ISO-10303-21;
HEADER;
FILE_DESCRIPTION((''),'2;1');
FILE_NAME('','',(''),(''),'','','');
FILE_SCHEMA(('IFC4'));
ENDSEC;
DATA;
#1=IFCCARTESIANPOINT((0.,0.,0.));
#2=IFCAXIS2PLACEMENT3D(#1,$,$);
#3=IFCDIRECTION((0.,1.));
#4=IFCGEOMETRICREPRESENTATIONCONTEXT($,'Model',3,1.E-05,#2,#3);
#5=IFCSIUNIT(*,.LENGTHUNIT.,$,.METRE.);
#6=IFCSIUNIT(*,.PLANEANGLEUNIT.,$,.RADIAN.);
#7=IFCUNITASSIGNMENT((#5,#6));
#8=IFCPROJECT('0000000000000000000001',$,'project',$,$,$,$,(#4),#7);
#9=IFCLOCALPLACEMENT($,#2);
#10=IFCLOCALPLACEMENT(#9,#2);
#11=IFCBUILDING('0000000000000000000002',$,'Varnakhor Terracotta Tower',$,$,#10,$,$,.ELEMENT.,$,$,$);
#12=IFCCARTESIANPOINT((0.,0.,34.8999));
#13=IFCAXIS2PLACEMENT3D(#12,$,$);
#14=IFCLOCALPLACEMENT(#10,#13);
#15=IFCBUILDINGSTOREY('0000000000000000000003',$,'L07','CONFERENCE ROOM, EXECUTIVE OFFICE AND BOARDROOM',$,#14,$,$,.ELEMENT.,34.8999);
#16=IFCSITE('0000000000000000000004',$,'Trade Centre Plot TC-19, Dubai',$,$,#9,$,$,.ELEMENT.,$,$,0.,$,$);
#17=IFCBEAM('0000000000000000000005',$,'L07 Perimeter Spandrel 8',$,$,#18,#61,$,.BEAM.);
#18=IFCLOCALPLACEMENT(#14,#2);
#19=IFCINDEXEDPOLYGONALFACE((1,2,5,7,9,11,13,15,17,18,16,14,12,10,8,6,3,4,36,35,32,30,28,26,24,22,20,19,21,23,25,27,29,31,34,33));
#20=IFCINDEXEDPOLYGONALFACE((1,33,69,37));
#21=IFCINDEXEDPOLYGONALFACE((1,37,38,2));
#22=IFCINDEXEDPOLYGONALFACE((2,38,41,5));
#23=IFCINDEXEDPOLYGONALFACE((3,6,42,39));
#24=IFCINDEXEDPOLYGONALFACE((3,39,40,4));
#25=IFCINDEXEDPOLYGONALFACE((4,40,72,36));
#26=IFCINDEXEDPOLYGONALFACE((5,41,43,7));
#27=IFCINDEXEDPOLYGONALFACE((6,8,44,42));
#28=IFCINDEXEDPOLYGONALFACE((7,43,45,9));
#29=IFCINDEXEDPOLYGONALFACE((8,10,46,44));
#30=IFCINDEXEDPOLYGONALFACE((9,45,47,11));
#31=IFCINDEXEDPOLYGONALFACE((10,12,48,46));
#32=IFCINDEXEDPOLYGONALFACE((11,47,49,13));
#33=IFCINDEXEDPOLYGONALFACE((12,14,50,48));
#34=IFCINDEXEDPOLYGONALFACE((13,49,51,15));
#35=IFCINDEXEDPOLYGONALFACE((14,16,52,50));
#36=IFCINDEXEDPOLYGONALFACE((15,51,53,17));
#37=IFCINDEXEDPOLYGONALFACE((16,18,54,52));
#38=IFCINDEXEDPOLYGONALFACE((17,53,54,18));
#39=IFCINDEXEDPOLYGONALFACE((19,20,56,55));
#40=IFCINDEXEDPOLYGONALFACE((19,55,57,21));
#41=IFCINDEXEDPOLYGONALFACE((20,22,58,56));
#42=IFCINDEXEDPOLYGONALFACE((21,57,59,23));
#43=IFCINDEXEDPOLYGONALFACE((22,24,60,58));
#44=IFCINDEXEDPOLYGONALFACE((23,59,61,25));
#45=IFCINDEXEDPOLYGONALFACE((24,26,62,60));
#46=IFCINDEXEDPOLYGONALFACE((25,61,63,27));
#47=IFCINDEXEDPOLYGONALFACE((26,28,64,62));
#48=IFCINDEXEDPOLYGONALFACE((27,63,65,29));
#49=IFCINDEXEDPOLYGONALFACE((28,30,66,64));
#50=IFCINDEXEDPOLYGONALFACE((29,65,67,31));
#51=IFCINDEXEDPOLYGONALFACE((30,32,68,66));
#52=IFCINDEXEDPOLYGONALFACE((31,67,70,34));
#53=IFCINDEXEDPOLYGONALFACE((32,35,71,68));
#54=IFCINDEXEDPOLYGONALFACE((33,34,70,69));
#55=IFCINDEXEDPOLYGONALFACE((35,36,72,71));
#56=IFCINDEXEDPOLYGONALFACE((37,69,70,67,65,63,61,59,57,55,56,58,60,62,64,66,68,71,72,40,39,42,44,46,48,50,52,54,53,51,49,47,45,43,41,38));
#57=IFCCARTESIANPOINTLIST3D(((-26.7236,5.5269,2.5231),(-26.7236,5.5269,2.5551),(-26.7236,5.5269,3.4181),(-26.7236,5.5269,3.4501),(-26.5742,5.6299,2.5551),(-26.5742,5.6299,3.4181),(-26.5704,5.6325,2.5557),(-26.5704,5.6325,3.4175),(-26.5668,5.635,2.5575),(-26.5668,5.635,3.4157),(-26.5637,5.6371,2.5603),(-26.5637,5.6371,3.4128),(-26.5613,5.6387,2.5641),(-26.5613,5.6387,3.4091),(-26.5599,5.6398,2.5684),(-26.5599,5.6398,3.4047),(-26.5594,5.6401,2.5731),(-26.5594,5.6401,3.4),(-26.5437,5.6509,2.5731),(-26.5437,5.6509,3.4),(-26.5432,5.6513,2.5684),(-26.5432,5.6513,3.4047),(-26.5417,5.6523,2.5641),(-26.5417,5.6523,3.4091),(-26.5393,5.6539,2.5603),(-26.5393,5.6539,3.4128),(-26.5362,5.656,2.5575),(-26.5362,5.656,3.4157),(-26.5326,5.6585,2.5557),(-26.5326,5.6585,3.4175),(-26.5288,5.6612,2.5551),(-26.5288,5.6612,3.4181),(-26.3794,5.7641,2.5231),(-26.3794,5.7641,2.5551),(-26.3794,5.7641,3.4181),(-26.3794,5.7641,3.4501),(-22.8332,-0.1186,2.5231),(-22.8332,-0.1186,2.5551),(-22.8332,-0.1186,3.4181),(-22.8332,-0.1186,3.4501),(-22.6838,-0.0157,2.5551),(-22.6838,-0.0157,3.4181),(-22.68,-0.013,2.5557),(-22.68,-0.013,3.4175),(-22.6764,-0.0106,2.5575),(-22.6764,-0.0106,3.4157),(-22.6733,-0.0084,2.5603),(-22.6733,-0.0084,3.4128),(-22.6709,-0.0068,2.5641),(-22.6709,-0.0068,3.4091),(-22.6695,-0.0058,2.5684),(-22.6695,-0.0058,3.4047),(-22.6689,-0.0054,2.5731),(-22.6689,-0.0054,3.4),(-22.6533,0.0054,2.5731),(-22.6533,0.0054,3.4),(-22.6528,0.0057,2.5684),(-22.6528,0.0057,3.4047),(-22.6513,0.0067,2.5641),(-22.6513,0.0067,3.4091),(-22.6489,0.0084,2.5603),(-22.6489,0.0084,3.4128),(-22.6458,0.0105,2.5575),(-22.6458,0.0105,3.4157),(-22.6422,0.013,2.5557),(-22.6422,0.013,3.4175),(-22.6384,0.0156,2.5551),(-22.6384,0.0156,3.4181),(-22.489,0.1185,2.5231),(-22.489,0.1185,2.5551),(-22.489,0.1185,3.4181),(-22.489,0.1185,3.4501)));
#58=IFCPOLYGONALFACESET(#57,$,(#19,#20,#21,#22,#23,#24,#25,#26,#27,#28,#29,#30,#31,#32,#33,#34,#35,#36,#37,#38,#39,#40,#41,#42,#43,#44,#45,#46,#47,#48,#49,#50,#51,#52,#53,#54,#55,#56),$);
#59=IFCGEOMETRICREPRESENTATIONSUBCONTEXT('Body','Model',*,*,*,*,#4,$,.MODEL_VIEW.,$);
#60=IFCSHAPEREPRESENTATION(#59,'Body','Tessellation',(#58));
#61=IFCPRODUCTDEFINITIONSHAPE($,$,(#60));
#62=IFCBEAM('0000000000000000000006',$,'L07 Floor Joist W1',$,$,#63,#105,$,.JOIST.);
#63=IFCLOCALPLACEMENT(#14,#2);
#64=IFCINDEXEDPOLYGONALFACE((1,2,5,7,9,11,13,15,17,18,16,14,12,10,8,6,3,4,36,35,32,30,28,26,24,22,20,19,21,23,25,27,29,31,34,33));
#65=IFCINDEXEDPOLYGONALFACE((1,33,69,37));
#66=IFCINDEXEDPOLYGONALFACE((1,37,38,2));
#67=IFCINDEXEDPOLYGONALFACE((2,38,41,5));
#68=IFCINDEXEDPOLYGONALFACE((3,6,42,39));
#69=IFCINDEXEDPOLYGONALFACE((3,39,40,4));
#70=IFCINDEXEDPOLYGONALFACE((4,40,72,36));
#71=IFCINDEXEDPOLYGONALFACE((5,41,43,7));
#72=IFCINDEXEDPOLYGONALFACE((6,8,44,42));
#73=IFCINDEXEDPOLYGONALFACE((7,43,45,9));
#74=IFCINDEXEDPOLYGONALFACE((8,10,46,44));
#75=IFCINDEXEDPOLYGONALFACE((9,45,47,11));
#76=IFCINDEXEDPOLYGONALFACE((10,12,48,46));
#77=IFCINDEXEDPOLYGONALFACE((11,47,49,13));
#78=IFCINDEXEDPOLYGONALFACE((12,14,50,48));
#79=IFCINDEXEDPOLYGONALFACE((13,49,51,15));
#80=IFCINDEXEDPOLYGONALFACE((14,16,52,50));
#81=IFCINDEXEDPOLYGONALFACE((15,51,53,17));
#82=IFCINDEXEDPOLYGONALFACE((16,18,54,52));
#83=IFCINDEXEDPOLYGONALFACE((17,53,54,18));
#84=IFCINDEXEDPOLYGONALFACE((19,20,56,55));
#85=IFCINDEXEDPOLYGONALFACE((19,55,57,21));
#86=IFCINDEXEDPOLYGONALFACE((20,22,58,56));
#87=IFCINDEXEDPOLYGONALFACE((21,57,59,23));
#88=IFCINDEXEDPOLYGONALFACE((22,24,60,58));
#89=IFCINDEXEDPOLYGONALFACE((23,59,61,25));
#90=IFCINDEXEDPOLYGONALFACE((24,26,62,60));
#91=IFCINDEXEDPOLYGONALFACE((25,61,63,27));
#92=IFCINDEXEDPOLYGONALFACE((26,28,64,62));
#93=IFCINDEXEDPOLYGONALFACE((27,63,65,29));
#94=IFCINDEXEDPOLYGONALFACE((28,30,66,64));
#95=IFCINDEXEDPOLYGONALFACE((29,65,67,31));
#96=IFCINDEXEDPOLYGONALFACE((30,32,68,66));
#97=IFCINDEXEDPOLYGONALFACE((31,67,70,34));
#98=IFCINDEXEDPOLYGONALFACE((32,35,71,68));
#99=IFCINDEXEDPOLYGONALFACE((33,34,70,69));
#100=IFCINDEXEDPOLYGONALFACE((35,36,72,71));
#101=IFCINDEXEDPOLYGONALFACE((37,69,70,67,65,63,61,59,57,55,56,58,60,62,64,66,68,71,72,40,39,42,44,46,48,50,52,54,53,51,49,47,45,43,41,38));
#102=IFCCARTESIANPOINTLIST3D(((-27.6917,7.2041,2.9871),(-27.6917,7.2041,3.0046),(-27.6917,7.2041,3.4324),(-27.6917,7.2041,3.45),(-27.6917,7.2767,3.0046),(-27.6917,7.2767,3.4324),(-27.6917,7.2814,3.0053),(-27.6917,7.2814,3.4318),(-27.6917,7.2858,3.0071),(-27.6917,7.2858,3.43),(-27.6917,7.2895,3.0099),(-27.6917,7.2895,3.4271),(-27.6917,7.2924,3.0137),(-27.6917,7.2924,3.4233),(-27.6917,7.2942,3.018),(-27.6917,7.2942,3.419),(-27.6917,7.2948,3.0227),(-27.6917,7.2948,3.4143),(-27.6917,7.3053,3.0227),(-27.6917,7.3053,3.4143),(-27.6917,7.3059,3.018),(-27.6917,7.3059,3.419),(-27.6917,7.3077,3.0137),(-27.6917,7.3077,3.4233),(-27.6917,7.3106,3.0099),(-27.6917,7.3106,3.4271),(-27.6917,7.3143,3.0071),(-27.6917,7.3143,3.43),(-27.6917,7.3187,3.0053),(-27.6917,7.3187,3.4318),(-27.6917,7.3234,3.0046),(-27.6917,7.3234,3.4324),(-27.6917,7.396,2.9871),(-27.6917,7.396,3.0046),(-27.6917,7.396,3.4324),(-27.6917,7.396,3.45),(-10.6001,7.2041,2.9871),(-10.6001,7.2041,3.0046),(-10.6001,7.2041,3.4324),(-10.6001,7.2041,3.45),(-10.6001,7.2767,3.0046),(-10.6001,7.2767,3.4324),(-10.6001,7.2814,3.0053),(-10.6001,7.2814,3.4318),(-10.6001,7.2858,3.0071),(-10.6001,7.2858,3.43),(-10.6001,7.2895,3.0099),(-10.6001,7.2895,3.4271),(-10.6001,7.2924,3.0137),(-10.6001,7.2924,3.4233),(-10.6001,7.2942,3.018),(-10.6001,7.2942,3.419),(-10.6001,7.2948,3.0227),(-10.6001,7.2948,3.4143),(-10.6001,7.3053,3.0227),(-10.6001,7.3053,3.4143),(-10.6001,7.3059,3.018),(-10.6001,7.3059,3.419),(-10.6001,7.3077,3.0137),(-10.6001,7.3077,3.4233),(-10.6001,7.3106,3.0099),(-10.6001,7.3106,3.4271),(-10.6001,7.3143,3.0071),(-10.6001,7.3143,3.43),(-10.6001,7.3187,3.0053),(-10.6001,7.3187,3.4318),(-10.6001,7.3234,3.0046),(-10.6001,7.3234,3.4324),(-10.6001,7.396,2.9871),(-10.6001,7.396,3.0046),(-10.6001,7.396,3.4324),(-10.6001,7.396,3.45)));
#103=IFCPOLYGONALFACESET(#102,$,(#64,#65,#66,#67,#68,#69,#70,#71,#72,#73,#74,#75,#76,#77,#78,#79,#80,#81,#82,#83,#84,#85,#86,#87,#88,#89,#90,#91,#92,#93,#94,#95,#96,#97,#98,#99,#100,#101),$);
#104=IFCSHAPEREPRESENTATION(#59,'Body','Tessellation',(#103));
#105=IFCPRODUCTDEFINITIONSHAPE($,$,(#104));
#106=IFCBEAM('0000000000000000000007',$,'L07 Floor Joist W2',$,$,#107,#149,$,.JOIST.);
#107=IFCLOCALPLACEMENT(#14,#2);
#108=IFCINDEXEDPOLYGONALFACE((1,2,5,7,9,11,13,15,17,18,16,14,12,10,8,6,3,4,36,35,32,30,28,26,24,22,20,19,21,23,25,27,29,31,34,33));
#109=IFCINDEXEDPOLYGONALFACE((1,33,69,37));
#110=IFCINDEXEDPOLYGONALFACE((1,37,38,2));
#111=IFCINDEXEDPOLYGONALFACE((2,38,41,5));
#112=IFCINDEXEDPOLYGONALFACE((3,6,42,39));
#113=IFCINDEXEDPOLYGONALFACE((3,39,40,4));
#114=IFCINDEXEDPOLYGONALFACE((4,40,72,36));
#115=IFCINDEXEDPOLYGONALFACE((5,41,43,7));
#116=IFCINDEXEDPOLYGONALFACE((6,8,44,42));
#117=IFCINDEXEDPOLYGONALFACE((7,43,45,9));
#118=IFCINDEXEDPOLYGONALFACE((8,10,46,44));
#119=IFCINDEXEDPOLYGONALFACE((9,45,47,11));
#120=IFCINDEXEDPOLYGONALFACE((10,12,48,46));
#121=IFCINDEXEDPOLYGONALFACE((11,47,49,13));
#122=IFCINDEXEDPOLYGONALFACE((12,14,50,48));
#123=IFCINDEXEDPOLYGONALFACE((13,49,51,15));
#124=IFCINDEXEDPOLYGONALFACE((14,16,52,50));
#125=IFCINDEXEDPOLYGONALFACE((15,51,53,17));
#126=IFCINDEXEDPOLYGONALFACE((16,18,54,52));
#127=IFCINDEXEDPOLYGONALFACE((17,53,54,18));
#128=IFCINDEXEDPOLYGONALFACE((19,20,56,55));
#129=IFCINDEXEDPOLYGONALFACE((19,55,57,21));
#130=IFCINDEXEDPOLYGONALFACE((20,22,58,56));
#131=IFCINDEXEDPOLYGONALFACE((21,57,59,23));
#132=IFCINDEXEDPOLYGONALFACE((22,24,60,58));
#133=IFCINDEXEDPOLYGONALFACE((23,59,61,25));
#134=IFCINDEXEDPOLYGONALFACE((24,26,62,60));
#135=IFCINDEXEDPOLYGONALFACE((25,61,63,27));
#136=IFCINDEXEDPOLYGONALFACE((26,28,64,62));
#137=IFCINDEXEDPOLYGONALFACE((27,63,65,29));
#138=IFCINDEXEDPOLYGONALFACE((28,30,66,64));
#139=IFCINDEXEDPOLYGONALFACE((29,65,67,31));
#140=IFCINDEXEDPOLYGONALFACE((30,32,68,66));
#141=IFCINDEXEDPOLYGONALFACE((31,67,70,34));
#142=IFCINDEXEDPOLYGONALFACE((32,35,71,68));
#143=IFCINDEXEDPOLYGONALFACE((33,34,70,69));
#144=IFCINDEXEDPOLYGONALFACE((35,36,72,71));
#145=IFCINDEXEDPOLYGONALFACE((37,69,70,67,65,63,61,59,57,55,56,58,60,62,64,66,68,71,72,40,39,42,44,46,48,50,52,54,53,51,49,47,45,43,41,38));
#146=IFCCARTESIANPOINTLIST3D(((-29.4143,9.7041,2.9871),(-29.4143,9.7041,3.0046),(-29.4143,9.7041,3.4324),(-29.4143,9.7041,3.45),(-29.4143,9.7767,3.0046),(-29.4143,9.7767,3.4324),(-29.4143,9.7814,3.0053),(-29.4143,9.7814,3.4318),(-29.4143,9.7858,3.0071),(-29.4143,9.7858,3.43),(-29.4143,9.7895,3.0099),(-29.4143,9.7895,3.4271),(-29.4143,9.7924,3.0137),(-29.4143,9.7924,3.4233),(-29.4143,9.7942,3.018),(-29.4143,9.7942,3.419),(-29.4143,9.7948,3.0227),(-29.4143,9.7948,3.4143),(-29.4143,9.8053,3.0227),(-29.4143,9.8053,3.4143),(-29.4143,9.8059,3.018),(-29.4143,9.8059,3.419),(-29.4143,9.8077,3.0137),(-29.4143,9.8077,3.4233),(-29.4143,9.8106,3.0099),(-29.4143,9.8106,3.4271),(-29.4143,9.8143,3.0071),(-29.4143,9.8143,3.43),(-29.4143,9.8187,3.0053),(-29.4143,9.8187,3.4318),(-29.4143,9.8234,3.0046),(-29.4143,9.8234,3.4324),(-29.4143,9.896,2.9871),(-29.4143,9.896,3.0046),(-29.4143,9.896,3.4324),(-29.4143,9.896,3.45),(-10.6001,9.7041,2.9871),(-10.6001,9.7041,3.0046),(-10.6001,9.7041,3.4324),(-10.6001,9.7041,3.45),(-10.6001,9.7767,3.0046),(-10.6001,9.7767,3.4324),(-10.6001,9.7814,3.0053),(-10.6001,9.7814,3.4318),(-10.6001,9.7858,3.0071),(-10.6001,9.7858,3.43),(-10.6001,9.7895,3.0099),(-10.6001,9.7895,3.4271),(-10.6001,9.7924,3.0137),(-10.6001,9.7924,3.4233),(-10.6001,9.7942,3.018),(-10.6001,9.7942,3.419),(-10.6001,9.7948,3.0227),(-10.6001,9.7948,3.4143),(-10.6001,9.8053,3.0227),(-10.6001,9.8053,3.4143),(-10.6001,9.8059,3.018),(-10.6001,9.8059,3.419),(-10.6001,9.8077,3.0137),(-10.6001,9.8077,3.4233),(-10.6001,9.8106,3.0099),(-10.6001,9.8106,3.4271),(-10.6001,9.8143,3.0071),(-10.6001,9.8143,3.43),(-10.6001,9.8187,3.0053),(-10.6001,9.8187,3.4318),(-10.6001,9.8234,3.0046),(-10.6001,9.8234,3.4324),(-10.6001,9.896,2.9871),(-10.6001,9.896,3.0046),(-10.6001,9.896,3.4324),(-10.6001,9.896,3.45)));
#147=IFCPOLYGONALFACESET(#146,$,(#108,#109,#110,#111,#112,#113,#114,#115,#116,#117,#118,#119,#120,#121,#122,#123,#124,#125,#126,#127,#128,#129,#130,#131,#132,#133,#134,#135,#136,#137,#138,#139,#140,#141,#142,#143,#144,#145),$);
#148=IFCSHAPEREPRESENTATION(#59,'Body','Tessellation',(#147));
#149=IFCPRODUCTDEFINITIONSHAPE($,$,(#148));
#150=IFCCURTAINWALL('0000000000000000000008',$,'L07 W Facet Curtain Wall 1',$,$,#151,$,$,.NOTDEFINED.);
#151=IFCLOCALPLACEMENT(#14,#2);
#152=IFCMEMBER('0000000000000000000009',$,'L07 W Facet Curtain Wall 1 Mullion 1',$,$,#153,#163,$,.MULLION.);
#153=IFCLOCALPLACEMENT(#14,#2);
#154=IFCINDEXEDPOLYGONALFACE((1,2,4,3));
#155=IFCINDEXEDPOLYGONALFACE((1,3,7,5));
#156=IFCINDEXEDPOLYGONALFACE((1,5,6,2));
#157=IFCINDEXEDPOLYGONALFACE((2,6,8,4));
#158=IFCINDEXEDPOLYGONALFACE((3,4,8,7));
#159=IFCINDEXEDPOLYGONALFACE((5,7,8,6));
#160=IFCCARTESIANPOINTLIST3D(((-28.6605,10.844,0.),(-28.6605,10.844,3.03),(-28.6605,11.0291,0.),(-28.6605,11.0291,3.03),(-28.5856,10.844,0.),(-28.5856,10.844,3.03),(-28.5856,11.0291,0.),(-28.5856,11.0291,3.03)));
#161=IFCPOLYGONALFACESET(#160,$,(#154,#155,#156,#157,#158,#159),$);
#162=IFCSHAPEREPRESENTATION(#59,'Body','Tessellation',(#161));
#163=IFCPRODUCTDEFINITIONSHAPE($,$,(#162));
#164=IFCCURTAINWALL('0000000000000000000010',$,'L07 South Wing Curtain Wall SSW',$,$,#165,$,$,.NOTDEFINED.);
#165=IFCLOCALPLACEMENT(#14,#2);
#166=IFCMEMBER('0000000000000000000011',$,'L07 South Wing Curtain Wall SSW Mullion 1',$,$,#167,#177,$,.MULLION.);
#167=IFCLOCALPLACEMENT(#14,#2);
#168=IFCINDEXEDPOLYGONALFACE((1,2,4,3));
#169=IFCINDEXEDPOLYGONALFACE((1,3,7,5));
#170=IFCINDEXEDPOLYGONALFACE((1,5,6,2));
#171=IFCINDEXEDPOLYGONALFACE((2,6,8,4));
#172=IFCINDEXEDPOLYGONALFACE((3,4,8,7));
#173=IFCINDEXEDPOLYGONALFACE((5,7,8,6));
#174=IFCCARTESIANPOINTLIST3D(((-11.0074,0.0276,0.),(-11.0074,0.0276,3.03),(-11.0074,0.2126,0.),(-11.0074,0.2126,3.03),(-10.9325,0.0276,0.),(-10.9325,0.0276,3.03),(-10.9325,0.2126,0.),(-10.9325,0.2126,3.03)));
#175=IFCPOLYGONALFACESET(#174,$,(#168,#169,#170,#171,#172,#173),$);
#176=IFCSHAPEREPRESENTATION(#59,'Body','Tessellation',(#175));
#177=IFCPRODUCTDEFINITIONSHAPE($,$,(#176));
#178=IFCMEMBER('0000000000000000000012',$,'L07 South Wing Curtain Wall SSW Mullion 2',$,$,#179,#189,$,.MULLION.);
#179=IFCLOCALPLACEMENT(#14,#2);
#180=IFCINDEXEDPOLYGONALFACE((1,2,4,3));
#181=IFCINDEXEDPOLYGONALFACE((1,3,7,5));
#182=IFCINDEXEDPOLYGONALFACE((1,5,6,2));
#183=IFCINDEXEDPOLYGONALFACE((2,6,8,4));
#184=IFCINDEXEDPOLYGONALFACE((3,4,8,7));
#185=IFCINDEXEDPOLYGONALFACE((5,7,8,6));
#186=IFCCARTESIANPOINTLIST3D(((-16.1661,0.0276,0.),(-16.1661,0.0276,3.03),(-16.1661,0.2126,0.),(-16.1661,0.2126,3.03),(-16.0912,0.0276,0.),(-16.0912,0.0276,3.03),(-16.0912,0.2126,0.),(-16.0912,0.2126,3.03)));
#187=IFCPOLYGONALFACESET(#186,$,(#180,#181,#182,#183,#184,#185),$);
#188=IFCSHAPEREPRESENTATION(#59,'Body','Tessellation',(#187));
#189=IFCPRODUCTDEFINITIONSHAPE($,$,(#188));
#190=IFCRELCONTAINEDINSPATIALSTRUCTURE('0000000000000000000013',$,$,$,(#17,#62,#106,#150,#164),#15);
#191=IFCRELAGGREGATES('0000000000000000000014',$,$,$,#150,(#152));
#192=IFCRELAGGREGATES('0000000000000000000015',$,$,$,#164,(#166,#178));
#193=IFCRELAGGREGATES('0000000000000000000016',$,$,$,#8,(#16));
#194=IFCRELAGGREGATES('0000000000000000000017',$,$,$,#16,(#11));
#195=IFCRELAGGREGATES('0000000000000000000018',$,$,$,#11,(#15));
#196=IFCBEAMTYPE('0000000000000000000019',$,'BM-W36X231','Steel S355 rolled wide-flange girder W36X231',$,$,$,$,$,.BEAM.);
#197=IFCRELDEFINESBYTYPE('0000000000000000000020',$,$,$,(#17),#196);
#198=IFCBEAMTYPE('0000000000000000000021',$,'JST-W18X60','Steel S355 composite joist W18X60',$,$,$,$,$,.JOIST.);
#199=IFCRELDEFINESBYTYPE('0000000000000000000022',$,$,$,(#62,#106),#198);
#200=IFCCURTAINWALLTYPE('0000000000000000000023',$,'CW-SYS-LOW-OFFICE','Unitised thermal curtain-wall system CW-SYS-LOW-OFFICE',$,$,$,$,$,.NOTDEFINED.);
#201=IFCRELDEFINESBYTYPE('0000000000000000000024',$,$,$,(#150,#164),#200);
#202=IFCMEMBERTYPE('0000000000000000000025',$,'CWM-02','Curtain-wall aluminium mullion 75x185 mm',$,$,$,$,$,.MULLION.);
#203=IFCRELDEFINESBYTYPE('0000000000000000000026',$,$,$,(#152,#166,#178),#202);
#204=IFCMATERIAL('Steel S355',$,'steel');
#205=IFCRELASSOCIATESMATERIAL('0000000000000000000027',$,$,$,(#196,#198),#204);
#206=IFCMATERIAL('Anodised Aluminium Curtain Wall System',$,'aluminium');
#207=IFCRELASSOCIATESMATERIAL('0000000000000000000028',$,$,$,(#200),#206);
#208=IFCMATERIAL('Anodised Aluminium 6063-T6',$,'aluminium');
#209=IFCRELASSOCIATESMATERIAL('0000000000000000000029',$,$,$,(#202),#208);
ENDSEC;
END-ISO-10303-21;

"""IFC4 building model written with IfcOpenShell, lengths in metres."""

from ifc_helpers import new_model, si_unit, direction, frame, origin, origin_2d, place, context, subcontext, project, spatial, rectangle, i_section, extrude, source, transform, mapped, material, material_profile, profile_set, type_object, type_shapes, element, aggregate, save


model = new_model("IFC4")

# Units and contexts
model_context = context("Model", 3, precision=1e-05, world=origin(), true_north=direction((0.0, 1.0)))
body_context = subcontext(model_context, "Body", "Model", "MODEL_VIEW")
ifc_project = project(units=[si_unit("LENGTHUNIT", "METRE"), si_unit("PLANEANGLEUNIT", "RADIAN")], contexts=[model_context])

# Site, building, storey
site_placement = place(None, origin())
site = spatial("IfcSite", under=ifc_project, at=site_placement, Name="Trade Centre Plot TC-19, Dubai", CompositionType="ELEMENT", RefElevation=0.0)
building_placement = place(site_placement, origin())
building = spatial("IfcBuilding", under=site, at=building_placement, Name="Varnakhor Terracotta Tower", CompositionType="ELEMENT")
storey_placement = place(building_placement, frame((0.0, 0.0, 34.8999)))
storey = spatial("IfcBuildingStorey", under=building, at=storey_placement, Name="L07", Description="CONFERENCE ROOM, EXECUTIVE OFFICE AND BOARDROOM", CompositionType="ELEMENT", Elevation=34.8999)

# Beams
ifc_material_1 = material(Name="Steel S355", Category="steel")
ifc_material_profile_1 = material_profile(ifc_material_1, i_section(OverallWidth=0.418, OverallDepth=0.927, WebThickness=0.019, FlangeThickness=0.032, FilletRadius=0.0181, at=origin_2d()), Name="W36X231")
ifc_profile_set_1 = profile_set([ifc_material_profile_1], Name="Steel S355")
beam_type_1 = type_object("IfcBeamType", Name="BM-W36X231", Description="Steel S355 rolled wide-flange girder W36X231", PredefinedType="BEAM", material=ifc_profile_set_1)
shared_shape_1 = source(origin(), body_context, "Body", "SweptSolid", [
    extrude(i_section(OverallWidth=0.418, OverallDepth=0.927, WebThickness=0.019, FlangeThickness=0.032, FilletRadius=0.0181, at=origin_2d()), origin(), (0.0, 0.0, 1.0), 6.8562),
])
for number, where, z_axis, x_axis, name in (
    (1, (-26.5515, 5.6455, 2.9866), (0.567429, -0.823422, 0.0), (0.823422, 0.567429, 0.0), "L07 Perimeter Spandrel 8"),
):
    element("IfcBeam", number, at=place(storey_placement, frame(where, z_axis=z_axis, x_axis=x_axis)), inside=storey, type_object=beam_type_1, Name=name, PredefinedType="BEAM", context=body_context, shape_type="MappedRepresentation", body=[
        mapped(shared_shape_1, transform((0.0, 0.0, 0.0), scale=1.0)),
    ])
ifc_material_profile_2 = material_profile(ifc_material_1, i_section(OverallWidth=0.1919, OverallDepth=0.4629, WebThickness=0.0105, FlangeThickness=0.0176, FilletRadius=0.0181, at=origin_2d()), Name="W18X60")
ifc_profile_set_2 = profile_set([ifc_material_profile_2], Name="Steel S355")
beam_type_2 = type_object("IfcBeamType", Name="JST-W18X60", Description="Steel S355 composite joist W18X60", PredefinedType="JOIST", material=ifc_profile_set_2)
shared_shape_2 = source(origin(), body_context, "Body", "SweptSolid", [
    extrude(i_section(OverallWidth=0.1919, OverallDepth=0.4629, WebThickness=0.0105, FlangeThickness=0.0176, FilletRadius=0.0181, at=origin_2d()), origin(), (0.0, 0.0, 1.0), 17.0916),
])
beam_1_placement = place(storey_placement, frame((-27.6917, 7.3, 3.2185), z_axis=(1.0, 0.0, 0.0), x_axis=(0.0, 1.0, 0.0)))
element("IfcBeam", 2, at=beam_1_placement, inside=storey, type_object=beam_type_2, Name="L07 Floor Joist W1", PredefinedType="JOIST", context=body_context, shape_type="MappedRepresentation", body=[
    mapped(shared_shape_2, transform((0.0, 0.0, 0.0), scale=1.0)),
])
shared_shape_3 = source(origin(), body_context, "Body", "SweptSolid", [
    extrude(i_section(OverallWidth=0.1919, OverallDepth=0.4629, WebThickness=0.0105, FlangeThickness=0.0176, FilletRadius=0.0181, at=origin_2d()), origin(), (0.0, 0.0, 1.0), 18.8142),
])
beam_2_placement = place(storey_placement, frame((-29.4143, 9.8, 3.2185), z_axis=(1.0, 0.0, 0.0), x_axis=(0.0, 1.0, 0.0)))
element("IfcBeam", 3, at=beam_2_placement, inside=storey, type_object=beam_type_2, Name="L07 Floor Joist W2", PredefinedType="JOIST", context=body_context, shape_type="MappedRepresentation", body=[
    mapped(shared_shape_3, transform((0.0, 0.0, 0.0), scale=1.0)),
])

# Curtain wall, member
ifc_material_2 = material(Name="Anodised Aluminium Curtain Wall System", Category="aluminium")
curtain_wall_type = type_object("IfcCurtainWallType", Name="CW-SYS-LOW-OFFICE", Description="Unitised thermal curtain-wall system CW-SYS-LOW-OFFICE", PredefinedType="NOTDEFINED", material=ifc_material_2)
curtain_wall_1_placement = place(storey_placement, origin())
curtain_wall_1 = element("IfcCurtainWall", 4, at=curtain_wall_1_placement, inside=storey, type_object=curtain_wall_type, Name="L07 W Facet Curtain Wall 1", PredefinedType="NOTDEFINED")
ifc_material_3 = material(Name="Anodised Aluminium 6063-T6", Category="aluminium")
ifc_material_profile_3 = material_profile(ifc_material_3, rectangle(XDim=0.075, YDim=0.1851, at=origin_2d()), Name="ALU MULLION 75x185")
ifc_profile_set_3 = profile_set([ifc_material_profile_3], Name="Anodised Aluminium 6063-T6")
member_type_1 = type_object("IfcMemberType", Name="CWM-02", Description="Curtain-wall aluminium mullion 75x185 mm", PredefinedType="MULLION", material=ifc_profile_set_3)
shared_shape_4 = source(origin(), body_context, "Body", "SweptSolid", [
    extrude(rectangle(XDim=0.075, YDim=0.1851, at=origin_2d()), origin(), (0.0, 0.0, 1.0), 3.03),
])
type_shapes(member_type_1, [shared_shape_4])
member_1_placement = place(storey_placement, frame((-28.623, 10.9365, 0.0), z_axis=(0.0, 0.0, 1.0), x_axis=(1.0, 0.0, 0.0)))
member_1 = element("IfcMember", 5, at=member_1_placement, type_object=member_type_1, Name="L07 W Facet Curtain Wall 1 Mullion 1", PredefinedType="MULLION", context=body_context, shape_type="MappedRepresentation", body=[
    mapped(shared_shape_4, transform((0.0, 0.0, 0.0), scale=1.0)),
])

# Curtain wall, members
curtain_wall_2_placement = place(storey_placement, origin())
curtain_wall_2 = element("IfcCurtainWall", 6, at=curtain_wall_2_placement, inside=storey, type_object=curtain_wall_type, Name="L07 South Wing Curtain Wall SSW", PredefinedType="NOTDEFINED")
member_2_placement = place(storey_placement, frame((-10.97, 0.1201, 0.0), z_axis=(0.0, 0.0, 1.0), x_axis=(1.0, 0.0, 0.0)))
member_2 = element("IfcMember", 7, at=member_2_placement, type_object=member_type_1, Name="L07 South Wing Curtain Wall SSW Mullion 1", PredefinedType="MULLION", context=body_context, shape_type="MappedRepresentation", body=[
    mapped(shared_shape_4, transform((0.0, 0.0, 0.0), scale=1.0)),
])
member_3_placement = place(storey_placement, frame((-16.1287, 0.1201, 0.0), z_axis=(0.0, 0.0, 1.0), x_axis=(1.0, 0.0, 0.0)))
member_3 = element("IfcMember", 8, at=member_3_placement, type_object=member_type_1, Name="L07 South Wing Curtain Wall SSW Mullion 2", PredefinedType="MULLION", context=body_context, shape_type="MappedRepresentation", body=[
    mapped(shared_shape_4, transform((0.0, 0.0, 0.0), scale=1.0)),
])

aggregate(curtain_wall_1, [member_1])

aggregate(curtain_wall_2, [member_2, member_3])

save(model, "model.ifc")
